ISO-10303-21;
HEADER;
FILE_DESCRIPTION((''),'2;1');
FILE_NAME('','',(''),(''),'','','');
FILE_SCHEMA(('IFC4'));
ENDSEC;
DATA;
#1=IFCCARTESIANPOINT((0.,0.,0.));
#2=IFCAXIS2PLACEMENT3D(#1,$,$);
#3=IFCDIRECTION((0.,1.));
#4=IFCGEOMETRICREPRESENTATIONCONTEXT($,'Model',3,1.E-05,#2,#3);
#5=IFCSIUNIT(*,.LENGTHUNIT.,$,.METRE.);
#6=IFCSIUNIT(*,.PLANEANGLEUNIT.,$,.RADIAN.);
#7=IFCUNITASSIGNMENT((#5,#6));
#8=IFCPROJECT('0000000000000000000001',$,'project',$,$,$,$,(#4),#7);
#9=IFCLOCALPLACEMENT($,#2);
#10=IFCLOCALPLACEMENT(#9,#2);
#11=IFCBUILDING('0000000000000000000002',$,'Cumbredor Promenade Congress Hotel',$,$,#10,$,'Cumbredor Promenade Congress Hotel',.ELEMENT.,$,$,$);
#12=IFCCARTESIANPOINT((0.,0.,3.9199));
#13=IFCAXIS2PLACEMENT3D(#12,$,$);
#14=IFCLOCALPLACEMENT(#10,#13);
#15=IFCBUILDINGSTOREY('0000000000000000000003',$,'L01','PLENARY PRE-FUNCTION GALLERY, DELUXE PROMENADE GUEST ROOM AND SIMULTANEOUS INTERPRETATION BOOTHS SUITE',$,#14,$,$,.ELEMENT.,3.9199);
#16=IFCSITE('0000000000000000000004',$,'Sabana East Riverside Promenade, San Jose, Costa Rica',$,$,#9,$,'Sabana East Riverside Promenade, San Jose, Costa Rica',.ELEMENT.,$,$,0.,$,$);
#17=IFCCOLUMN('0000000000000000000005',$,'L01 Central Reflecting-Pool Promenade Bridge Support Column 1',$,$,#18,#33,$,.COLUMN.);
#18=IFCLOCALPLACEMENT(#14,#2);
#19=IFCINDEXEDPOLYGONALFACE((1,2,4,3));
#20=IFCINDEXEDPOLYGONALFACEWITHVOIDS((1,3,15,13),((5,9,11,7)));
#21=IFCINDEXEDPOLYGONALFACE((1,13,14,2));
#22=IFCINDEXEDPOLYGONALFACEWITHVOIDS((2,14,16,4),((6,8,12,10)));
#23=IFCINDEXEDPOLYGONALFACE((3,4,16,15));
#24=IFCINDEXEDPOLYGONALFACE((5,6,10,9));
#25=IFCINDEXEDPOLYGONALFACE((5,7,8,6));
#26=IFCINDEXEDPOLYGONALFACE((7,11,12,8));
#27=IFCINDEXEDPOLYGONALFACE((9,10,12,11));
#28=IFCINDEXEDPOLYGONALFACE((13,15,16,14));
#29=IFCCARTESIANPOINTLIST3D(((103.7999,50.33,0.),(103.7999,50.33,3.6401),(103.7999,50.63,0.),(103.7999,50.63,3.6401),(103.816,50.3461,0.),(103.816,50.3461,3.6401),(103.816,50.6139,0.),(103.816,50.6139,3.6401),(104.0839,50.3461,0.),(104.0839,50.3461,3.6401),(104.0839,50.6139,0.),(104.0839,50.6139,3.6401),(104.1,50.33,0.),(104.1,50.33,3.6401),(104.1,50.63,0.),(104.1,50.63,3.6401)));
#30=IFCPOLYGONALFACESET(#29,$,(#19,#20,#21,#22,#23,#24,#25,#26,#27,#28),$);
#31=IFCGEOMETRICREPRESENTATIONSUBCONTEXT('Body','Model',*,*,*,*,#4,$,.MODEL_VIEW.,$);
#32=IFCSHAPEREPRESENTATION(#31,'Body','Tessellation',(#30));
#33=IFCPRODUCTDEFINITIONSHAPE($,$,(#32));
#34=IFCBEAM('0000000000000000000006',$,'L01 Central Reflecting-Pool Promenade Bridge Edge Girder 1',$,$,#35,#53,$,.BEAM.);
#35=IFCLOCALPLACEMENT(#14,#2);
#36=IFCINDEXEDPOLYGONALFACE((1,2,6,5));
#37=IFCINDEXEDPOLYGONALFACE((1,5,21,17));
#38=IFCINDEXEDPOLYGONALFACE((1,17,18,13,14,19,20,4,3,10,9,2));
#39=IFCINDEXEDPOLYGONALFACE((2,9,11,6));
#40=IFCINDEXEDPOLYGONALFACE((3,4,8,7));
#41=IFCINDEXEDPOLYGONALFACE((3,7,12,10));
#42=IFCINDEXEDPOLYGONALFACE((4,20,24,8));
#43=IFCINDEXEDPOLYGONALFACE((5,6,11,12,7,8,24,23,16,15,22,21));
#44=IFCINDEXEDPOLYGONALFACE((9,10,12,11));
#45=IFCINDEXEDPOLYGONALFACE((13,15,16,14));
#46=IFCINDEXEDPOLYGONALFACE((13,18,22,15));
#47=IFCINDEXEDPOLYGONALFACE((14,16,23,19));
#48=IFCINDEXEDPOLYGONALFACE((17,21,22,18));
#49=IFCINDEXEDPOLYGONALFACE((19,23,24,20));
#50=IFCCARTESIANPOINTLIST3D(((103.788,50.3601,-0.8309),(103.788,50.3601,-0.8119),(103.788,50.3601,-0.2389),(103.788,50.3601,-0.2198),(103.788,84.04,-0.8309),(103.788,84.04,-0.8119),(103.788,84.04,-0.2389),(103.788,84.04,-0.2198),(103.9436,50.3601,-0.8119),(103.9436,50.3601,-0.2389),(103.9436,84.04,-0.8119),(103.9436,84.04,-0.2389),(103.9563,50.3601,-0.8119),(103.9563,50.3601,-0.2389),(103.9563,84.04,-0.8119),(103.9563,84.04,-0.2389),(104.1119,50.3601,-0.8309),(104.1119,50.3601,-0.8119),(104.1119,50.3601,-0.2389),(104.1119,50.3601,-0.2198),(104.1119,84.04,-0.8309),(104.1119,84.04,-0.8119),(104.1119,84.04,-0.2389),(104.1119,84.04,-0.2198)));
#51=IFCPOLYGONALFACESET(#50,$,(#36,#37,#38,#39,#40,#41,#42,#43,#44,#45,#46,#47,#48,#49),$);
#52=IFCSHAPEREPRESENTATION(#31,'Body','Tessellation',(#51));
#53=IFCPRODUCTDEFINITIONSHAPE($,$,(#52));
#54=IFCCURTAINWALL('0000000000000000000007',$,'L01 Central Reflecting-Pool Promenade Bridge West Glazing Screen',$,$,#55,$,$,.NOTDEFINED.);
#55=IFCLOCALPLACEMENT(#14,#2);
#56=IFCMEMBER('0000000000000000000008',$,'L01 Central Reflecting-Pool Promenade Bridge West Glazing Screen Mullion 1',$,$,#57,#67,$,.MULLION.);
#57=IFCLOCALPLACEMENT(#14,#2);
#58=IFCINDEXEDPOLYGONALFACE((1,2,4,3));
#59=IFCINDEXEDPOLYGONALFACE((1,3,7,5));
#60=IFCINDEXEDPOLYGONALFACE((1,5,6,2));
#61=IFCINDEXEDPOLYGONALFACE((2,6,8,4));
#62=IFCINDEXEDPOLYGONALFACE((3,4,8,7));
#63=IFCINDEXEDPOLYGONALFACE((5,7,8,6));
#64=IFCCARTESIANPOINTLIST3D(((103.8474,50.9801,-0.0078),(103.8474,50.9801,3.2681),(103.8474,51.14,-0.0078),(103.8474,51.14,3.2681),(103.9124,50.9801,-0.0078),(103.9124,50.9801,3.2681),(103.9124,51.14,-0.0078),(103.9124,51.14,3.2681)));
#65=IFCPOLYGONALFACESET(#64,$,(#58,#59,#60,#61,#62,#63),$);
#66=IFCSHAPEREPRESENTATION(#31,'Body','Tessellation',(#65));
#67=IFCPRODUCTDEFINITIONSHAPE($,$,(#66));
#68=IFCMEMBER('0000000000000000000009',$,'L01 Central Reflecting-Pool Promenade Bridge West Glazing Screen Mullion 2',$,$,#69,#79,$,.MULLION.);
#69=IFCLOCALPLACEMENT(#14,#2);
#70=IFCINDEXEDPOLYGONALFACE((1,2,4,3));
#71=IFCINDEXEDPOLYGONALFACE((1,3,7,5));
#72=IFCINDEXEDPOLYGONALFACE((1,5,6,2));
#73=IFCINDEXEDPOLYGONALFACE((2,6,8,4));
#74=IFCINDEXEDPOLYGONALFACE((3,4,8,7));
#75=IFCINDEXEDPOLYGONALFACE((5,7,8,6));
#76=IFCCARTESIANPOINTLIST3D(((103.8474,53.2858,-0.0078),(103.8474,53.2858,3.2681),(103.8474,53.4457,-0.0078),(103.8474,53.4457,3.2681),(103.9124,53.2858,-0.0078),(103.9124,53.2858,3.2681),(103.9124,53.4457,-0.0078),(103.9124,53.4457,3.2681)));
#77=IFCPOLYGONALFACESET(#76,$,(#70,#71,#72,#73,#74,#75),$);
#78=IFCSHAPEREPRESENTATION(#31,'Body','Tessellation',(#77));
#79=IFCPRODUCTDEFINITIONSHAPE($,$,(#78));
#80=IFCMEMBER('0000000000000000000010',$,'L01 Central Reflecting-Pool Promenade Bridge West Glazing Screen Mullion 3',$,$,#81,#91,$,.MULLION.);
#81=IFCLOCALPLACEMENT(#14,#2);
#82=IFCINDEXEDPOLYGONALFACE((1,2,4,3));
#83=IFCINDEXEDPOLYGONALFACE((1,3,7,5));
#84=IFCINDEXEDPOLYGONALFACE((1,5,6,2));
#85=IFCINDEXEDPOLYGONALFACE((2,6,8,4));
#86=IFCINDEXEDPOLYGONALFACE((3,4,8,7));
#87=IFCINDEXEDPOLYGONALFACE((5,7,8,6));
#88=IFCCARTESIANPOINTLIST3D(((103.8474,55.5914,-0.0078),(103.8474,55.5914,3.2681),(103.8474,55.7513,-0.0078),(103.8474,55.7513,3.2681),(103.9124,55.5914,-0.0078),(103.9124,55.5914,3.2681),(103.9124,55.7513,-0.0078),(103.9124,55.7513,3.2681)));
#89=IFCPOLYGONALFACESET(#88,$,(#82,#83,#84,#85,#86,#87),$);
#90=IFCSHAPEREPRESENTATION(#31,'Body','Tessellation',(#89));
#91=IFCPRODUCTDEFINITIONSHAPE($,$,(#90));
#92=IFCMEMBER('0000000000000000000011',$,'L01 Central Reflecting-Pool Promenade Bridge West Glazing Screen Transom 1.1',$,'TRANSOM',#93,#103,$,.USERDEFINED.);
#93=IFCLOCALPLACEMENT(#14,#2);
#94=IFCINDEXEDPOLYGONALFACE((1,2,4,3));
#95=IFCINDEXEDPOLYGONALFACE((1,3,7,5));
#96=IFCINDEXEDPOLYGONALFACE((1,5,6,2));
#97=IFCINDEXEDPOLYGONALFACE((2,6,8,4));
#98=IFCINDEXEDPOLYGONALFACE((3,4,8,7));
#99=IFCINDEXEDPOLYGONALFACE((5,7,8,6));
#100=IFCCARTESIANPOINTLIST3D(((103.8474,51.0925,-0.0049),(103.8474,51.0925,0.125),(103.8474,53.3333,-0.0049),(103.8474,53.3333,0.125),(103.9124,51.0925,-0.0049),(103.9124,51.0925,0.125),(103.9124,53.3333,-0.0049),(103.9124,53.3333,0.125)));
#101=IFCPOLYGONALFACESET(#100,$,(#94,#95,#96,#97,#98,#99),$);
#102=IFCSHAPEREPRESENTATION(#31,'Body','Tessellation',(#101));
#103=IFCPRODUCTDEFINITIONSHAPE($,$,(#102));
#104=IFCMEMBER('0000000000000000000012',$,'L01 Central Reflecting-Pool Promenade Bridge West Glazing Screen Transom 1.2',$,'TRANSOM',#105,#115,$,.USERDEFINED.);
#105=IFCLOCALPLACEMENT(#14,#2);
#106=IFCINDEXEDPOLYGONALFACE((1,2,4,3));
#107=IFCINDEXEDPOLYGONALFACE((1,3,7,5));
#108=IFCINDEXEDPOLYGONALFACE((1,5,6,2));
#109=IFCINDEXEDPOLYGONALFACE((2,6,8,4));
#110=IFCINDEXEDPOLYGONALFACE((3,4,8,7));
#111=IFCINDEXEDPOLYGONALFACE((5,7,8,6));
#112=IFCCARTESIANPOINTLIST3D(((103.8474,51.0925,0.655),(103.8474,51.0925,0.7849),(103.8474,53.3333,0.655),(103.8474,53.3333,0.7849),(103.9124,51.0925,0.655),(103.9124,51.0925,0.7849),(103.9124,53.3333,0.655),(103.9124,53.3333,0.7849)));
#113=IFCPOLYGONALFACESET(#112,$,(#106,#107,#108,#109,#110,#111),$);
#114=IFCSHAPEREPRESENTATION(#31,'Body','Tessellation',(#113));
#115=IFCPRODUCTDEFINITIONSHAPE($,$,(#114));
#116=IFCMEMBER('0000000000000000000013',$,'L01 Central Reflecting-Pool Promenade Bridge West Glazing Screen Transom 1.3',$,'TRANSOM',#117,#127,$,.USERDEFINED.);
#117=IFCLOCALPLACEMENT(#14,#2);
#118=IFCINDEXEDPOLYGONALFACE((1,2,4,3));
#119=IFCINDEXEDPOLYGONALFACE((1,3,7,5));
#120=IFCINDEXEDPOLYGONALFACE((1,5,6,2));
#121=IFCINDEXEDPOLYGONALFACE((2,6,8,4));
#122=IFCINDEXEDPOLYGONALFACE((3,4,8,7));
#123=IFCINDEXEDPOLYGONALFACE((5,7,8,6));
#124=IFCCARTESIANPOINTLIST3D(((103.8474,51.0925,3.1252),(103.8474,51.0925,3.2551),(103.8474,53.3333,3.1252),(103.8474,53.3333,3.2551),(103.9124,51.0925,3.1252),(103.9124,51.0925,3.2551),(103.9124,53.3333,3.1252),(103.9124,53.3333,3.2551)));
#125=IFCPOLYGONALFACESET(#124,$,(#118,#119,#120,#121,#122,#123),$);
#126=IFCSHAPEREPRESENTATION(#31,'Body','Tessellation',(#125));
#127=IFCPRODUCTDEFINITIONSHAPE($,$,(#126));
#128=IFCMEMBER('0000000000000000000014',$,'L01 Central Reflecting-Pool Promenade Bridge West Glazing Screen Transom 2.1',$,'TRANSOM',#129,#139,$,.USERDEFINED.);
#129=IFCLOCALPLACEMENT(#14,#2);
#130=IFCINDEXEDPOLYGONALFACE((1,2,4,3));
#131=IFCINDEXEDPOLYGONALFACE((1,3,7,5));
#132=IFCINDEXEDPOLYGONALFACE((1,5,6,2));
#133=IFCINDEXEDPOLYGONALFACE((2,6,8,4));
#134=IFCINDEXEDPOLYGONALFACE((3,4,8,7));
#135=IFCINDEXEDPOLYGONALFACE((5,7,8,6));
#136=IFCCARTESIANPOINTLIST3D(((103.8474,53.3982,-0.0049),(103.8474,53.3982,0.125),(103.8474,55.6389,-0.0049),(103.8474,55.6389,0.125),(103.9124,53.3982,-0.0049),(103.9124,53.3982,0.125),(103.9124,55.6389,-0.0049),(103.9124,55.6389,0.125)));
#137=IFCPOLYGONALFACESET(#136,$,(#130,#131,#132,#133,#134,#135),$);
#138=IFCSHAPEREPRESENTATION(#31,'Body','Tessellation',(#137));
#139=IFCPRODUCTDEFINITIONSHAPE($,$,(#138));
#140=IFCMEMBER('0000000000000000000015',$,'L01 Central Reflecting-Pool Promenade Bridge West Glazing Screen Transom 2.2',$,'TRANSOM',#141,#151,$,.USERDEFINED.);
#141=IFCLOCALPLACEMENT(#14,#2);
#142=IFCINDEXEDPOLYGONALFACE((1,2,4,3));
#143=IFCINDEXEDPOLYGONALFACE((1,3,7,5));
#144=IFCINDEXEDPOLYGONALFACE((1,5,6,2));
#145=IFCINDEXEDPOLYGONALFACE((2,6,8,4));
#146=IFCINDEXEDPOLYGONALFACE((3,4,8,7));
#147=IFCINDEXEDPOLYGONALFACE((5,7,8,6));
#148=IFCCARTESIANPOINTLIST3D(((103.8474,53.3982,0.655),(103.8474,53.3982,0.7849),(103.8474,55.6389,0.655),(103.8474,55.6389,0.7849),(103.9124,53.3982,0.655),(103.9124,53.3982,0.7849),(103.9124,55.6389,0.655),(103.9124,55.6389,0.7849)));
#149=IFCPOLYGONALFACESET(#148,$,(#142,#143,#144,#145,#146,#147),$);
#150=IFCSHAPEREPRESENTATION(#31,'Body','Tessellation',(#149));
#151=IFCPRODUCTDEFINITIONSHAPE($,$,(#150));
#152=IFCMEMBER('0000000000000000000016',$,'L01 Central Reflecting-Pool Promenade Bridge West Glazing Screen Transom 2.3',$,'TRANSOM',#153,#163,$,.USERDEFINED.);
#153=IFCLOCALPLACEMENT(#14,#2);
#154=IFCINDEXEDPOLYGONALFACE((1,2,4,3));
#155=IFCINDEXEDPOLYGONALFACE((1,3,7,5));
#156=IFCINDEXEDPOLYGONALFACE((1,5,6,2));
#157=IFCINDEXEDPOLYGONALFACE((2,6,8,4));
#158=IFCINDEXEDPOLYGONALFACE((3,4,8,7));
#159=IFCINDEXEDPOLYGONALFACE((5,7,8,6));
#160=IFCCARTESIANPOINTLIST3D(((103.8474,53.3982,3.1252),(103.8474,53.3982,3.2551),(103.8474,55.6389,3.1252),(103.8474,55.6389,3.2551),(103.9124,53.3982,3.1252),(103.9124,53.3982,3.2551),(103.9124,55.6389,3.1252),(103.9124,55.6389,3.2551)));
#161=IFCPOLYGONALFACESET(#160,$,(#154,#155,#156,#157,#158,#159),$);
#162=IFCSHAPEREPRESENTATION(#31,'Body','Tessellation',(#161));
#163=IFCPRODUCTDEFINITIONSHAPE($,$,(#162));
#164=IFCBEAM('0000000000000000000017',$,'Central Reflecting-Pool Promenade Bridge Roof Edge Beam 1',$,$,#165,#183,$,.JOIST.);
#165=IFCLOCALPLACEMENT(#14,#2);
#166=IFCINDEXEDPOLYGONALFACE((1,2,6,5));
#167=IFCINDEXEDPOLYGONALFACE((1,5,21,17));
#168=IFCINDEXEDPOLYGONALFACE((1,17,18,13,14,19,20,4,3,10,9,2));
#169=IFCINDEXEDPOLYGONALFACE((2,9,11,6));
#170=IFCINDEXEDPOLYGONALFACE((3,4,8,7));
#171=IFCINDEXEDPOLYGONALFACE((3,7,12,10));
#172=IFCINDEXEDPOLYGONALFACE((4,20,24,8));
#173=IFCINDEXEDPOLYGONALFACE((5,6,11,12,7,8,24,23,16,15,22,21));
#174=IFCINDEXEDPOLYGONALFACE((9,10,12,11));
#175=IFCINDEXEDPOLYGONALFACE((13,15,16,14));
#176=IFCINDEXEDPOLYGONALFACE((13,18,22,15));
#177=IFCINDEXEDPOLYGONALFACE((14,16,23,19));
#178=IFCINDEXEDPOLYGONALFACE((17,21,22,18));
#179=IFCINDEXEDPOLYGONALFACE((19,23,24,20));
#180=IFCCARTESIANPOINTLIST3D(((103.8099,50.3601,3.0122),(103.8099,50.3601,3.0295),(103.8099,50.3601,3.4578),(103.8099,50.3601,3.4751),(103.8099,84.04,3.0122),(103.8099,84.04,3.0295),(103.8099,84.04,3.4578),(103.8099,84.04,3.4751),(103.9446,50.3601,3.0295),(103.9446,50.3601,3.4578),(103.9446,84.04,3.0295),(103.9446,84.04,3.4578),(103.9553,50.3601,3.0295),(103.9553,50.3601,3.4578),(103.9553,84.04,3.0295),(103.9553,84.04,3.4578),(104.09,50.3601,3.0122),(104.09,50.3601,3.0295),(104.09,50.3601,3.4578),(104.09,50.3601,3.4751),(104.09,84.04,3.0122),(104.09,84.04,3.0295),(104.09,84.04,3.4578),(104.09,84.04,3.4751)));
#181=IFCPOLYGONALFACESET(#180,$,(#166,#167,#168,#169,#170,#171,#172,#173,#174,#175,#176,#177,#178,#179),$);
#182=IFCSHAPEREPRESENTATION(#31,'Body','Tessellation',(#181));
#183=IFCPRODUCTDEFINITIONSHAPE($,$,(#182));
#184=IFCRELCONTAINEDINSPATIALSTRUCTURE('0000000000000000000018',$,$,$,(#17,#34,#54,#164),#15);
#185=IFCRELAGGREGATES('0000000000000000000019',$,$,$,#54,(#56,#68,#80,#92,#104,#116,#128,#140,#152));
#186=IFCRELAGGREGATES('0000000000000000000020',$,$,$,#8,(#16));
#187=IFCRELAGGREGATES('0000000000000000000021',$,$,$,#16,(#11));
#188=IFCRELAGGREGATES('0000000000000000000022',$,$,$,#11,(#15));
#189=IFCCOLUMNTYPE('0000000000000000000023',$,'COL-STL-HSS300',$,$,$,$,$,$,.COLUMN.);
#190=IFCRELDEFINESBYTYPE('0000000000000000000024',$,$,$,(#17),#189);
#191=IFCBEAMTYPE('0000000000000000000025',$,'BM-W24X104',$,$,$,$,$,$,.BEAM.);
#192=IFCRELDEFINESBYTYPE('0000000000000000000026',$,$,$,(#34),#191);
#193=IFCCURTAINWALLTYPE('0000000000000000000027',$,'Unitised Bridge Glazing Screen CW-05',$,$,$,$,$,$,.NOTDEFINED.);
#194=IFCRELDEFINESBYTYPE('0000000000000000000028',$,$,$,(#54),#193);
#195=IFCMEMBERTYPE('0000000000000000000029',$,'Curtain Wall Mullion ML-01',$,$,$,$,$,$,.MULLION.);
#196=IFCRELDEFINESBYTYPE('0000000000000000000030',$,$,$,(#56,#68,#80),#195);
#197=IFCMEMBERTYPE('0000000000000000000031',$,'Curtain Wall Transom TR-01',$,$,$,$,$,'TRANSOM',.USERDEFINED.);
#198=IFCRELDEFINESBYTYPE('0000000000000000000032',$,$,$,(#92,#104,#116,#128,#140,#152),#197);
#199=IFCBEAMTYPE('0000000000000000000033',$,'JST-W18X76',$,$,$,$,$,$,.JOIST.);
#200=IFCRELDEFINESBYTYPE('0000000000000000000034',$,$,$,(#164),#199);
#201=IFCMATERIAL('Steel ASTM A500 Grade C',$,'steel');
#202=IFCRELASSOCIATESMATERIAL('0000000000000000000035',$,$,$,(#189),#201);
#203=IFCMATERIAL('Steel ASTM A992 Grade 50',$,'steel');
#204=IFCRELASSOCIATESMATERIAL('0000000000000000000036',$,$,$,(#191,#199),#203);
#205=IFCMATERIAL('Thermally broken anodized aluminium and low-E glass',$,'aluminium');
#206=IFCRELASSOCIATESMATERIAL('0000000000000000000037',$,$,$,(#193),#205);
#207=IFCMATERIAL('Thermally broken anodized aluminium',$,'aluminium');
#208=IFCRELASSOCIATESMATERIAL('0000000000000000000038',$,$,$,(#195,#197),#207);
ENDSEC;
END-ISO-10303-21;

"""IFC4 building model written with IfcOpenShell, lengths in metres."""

from ifc_helpers import new_model, si_unit, direction, frame, origin, origin_2d, place, context, subcontext, project, spatial, rectangle, hollow_rectangle, i_section, extrude, material, material_profile, profile_set, type_object, element, aggregate, save


model = new_model("IFC4")

# Units and contexts
model_context = context("Model", 3, precision=1e-05, world=origin(), true_north=direction((0.0, 1.0)))
body_context = subcontext(model_context, "Body", "Model", "MODEL_VIEW")
ifc_project = project(units=[si_unit("LENGTHUNIT", "METRE"), si_unit("PLANEANGLEUNIT", "RADIAN")], contexts=[model_context])

# Site, building, storey
site_placement = place(None, origin())
site = spatial("IfcSite", under=ifc_project, at=site_placement, Name="Sabana East Riverside Promenade, San Jose, Costa Rica", LongName="Sabana East Riverside Promenade, San Jose, Costa Rica", CompositionType="ELEMENT", RefElevation=0.0)
building_placement = place(site_placement, origin())
building = spatial("IfcBuilding", under=site, at=building_placement, Name="Cumbredor Promenade Congress Hotel", LongName="Cumbredor Promenade Congress Hotel", CompositionType="ELEMENT")
storey_placement = place(building_placement, frame((0.0, 0.0, 3.9199)))
storey = spatial("IfcBuildingStorey", under=building, at=storey_placement, Name="L01", Description="PLENARY PRE-FUNCTION GALLERY, DELUXE PROMENADE GUEST ROOM AND SIMULTANEOUS INTERPRETATION BOOTHS SUITE", CompositionType="ELEMENT", Elevation=3.9199)

# Column
ifc_material_1 = material(Name="Steel ASTM A500 Grade C", Category="steel")
ifc_material_profile_1 = material_profile(ifc_material_1, hollow_rectangle(XDim=0.3, YDim=0.3, WallThickness=0.0161, at=origin_2d()), Name="HSS 300x300x16")
ifc_profile_set_1 = profile_set([ifc_material_profile_1], Name="Steel ASTM A500 Grade C")
column_type = type_object("IfcColumnType", Name="COL-STL-HSS300", PredefinedType="COLUMN", material=ifc_profile_set_1)
column_placement = place(storey_placement, frame((103.95, 50.48, 0.0), z_axis=(0.0, 0.0, 1.0), x_axis=(1.0, 0.0, 0.0)))
element("IfcColumn", 1, at=column_placement, inside=storey, type_object=column_type, Name="L01 Central Reflecting-Pool Promenade Bridge Support Column 1", PredefinedType="COLUMN", context=body_context, shape_type="SweptSolid", body=[
    extrude(hollow_rectangle(XDim=0.3, YDim=0.3, WallThickness=0.0161, at=origin_2d()), origin(), (0.0, 0.0, 1.0), 3.6401),
])

# Beam
ifc_material_2 = material(Name="Steel ASTM A992 Grade 50", Category="steel")
ifc_material_profile_2 = material_profile(ifc_material_2, i_section(OverallWidth=0.324, OverallDepth=0.6111, WebThickness=0.0127, FlangeThickness=0.019, at=origin_2d()), Name="W24X104")
ifc_profile_set_2 = profile_set([ifc_material_profile_2], Name="Steel ASTM A992 Grade 50")
beam_type_1 = type_object("IfcBeamType", Name="BM-W24X104", PredefinedType="BEAM", material=ifc_profile_set_2)
beam_1_placement = place(storey_placement, frame((103.95, 50.3601, -0.5254), z_axis=(0.0, 1.0, 0.0), x_axis=(-1.0, 0.0, 0.0)))
element("IfcBeam", 2, at=beam_1_placement, inside=storey, type_object=beam_type_1, Name="L01 Central Reflecting-Pool Promenade Bridge Edge Girder 1", PredefinedType="BEAM", context=body_context, shape_type="SweptSolid", body=[
    extrude(i_section(OverallWidth=0.324, OverallDepth=0.6111, WebThickness=0.0127, FlangeThickness=0.019, at=origin_2d()), origin(), (0.0, 0.0, 1.0), 33.6799),
])

# Curtain wall, members
ifc_material_3 = material(Name="Thermally broken anodized aluminium and low-E glass", Category="aluminium")
curtain_wall_type = type_object("IfcCurtainWallType", Name="Unitised Bridge Glazing Screen CW-05", PredefinedType="NOTDEFINED", material=ifc_material_3)
curtain_wall_placement = place(storey_placement, origin())
curtain_wall = element("IfcCurtainWall", 3, at=curtain_wall_placement, inside=storey, type_object=curtain_wall_type, Name="L01 Central Reflecting-Pool Promenade Bridge West Glazing Screen", PredefinedType="NOTDEFINED")
ifc_material_4 = material(Name="Thermally broken anodized aluminium", Category="aluminium")
ifc_material_profile_3 = material_profile(ifc_material_4, rectangle(XDim=0.0649, YDim=0.1599, at=origin_2d()), Name="ALU MULLION 65x160")
ifc_profile_set_3 = profile_set([ifc_material_profile_3], Name="Thermally broken anodized aluminium")
member_type_1 = type_object("IfcMemberType", Name="Curtain Wall Mullion ML-01", PredefinedType="MULLION", material=ifc_profile_set_3)
member_1_placement = place(storey_placement, frame((103.8799, 51.0601, -0.0078), z_axis=(0.0, 0.0, 1.0), x_axis=(1.0, 0.0, 0.0)))
member_1 = element("IfcMember", 4, at=member_1_placement, type_object=member_type_1, Name="L01 Central Reflecting-Pool Promenade Bridge West Glazing Screen Mullion 1", PredefinedType="MULLION", context=body_context, shape_type="SweptSolid", body=[
    extrude(rectangle(XDim=0.0649, YDim=0.1599, at=origin_2d()), origin(), (0.0, 0.0, 1.0), 3.2759),
])
member_2_placement = place(storey_placement, frame((103.8799, 53.3657, -0.0078), z_axis=(0.0, 0.0, 1.0), x_axis=(1.0, 0.0, 0.0)))
member_2 = element("IfcMember", 5, at=member_2_placement, type_object=member_type_1, Name="L01 Central Reflecting-Pool Promenade Bridge West Glazing Screen Mullion 2", PredefinedType="MULLION", context=body_context, shape_type="SweptSolid", body=[
    extrude(rectangle(XDim=0.0649, YDim=0.1599, at=origin_2d()), origin(), (0.0, 0.0, 1.0), 3.2759),
])
member_3_placement = place(storey_placement, frame((103.8799, 55.6714, -0.0078), z_axis=(0.0, 0.0, 1.0), x_axis=(1.0, 0.0, 0.0)))
member_3 = element("IfcMember", 6, at=member_3_placement, type_object=member_type_1, Name="L01 Central Reflecting-Pool Promenade Bridge West Glazing Screen Mullion 3", PredefinedType="MULLION", context=body_context, shape_type="SweptSolid", body=[
    extrude(rectangle(XDim=0.0649, YDim=0.1599, at=origin_2d()), origin(), (0.0, 0.0, 1.0), 3.2759),
])
ifc_material_profile_4 = material_profile(ifc_material_4, rectangle(XDim=0.0649, YDim=0.1299, at=origin_2d()), Name="ALU TRANSOM 65x130")
ifc_profile_set_4 = profile_set([ifc_material_profile_4], Name="Thermally broken anodized aluminium")
member_type_2 = type_object("IfcMemberType", Name="Curtain Wall Transom TR-01", ElementType="TRANSOM", PredefinedType="USERDEFINED", material=ifc_profile_set_4)
member_4_placement = place(storey_placement, frame((103.8799, 51.0925, 0.0601), z_axis=(0.0, 1.0, 0.0), x_axis=(-1.0, 0.0, 0.0)))
member_4 = element("IfcMember", 7, at=member_4_placement, type_object=member_type_2, Name="L01 Central Reflecting-Pool Promenade Bridge West Glazing Screen Transom 1.1", ObjectType="TRANSOM", PredefinedType="USERDEFINED", context=body_context, shape_type="SweptSolid", body=[
    extrude(rectangle(XDim=0.0649, YDim=0.1299, at=origin_2d()), origin(), (0.0, 0.0, 1.0), 2.2407),
])
member_5_placement = place(storey_placement, frame((103.8799, 51.0925, 0.72), z_axis=(0.0, 1.0, 0.0), x_axis=(-1.0, 0.0, 0.0)))
member_5 = element("IfcMember", 8, at=member_5_placement, type_object=member_type_2, Name="L01 Central Reflecting-Pool Promenade Bridge West Glazing Screen Transom 1.2", ObjectType="TRANSOM", PredefinedType="USERDEFINED", context=body_context, shape_type="SweptSolid", body=[
    extrude(rectangle(XDim=0.0649, YDim=0.1299, at=origin_2d()), origin(), (0.0, 0.0, 1.0), 2.2407),
])
member_6_placement = place(storey_placement, frame((103.8799, 51.0925, 3.1902), z_axis=(0.0, 1.0, 0.0), x_axis=(-1.0, 0.0, 0.0)))
member_6 = element("IfcMember", 9, at=member_6_placement, type_object=member_type_2, Name="L01 Central Reflecting-Pool Promenade Bridge West Glazing Screen Transom 1.3", ObjectType="TRANSOM", PredefinedType="USERDEFINED", context=body_context, shape_type="SweptSolid", body=[
    extrude(rectangle(XDim=0.0649, YDim=0.1299, at=origin_2d()), origin(), (0.0, 0.0, 1.0), 2.2407),
])
member_7_placement = place(storey_placement, frame((103.8799, 53.3982, 0.0601), z_axis=(0.0, 1.0, 0.0), x_axis=(-1.0, 0.0, 0.0)))
member_7 = element("IfcMember", 10, at=member_7_placement, type_object=member_type_2, Name="L01 Central Reflecting-Pool Promenade Bridge West Glazing Screen Transom 2.1", ObjectType="TRANSOM", PredefinedType="USERDEFINED", context=body_context, shape_type="SweptSolid", body=[
    extrude(rectangle(XDim=0.0649, YDim=0.1299, at=origin_2d()), origin(), (0.0, 0.0, 1.0), 2.2407),
])
member_8_placement = place(storey_placement, frame((103.8799, 53.3982, 0.72), z_axis=(0.0, 1.0, 0.0), x_axis=(-1.0, 0.0, 0.0)))
member_8 = element("IfcMember", 11, at=member_8_placement, type_object=member_type_2, Name="L01 Central Reflecting-Pool Promenade Bridge West Glazing Screen Transom 2.2", ObjectType="TRANSOM", PredefinedType="USERDEFINED", context=body_context, shape_type="SweptSolid", body=[
    extrude(rectangle(XDim=0.0649, YDim=0.1299, at=origin_2d()), origin(), (0.0, 0.0, 1.0), 2.2407),
])
member_9_placement = place(storey_placement, frame((103.8799, 53.3982, 3.1902), z_axis=(0.0, 1.0, 0.0), x_axis=(-1.0, 0.0, 0.0)))
member_9 = element("IfcMember", 12, at=member_9_placement, type_object=member_type_2, Name="L01 Central Reflecting-Pool Promenade Bridge West Glazing Screen Transom 2.3", ObjectType="TRANSOM", PredefinedType="USERDEFINED", context=body_context, shape_type="SweptSolid", body=[
    extrude(rectangle(XDim=0.0649, YDim=0.1299, at=origin_2d()), origin(), (0.0, 0.0, 1.0), 2.2407),
])

# Beam
ifc_material_profile_5 = material_profile(ifc_material_2, i_section(OverallWidth=0.28, OverallDepth=0.4629, WebThickness=0.0107, FlangeThickness=0.0173, at=origin_2d()), Name="W18X76")
ifc_profile_set_5 = profile_set([ifc_material_profile_5], Name="Steel ASTM A992 Grade 50")
beam_type_2 = type_object("IfcBeamType", Name="JST-W18X76", PredefinedType="JOIST", material=ifc_profile_set_5)
beam_2_placement = place(storey_placement, frame((103.95, 50.3601, 3.2437), z_axis=(0.0, 1.0, 0.0), x_axis=(-1.0, 0.0, 0.0)))
element("IfcBeam", 13, at=beam_2_placement, inside=storey, type_object=beam_type_2, Name="Central Reflecting-Pool Promenade Bridge Roof Edge Beam 1", PredefinedType="JOIST", context=body_context, shape_type="SweptSolid", body=[
    extrude(i_section(OverallWidth=0.28, OverallDepth=0.4629, WebThickness=0.0107, FlangeThickness=0.0173, at=origin_2d()), origin(), (0.0, 0.0, 1.0), 33.6799),
])

aggregate(curtain_wall, [member_1, member_2, member_3, member_4, member_5, member_6, member_7, member_8, member_9])

save(model, "model.ifc")
